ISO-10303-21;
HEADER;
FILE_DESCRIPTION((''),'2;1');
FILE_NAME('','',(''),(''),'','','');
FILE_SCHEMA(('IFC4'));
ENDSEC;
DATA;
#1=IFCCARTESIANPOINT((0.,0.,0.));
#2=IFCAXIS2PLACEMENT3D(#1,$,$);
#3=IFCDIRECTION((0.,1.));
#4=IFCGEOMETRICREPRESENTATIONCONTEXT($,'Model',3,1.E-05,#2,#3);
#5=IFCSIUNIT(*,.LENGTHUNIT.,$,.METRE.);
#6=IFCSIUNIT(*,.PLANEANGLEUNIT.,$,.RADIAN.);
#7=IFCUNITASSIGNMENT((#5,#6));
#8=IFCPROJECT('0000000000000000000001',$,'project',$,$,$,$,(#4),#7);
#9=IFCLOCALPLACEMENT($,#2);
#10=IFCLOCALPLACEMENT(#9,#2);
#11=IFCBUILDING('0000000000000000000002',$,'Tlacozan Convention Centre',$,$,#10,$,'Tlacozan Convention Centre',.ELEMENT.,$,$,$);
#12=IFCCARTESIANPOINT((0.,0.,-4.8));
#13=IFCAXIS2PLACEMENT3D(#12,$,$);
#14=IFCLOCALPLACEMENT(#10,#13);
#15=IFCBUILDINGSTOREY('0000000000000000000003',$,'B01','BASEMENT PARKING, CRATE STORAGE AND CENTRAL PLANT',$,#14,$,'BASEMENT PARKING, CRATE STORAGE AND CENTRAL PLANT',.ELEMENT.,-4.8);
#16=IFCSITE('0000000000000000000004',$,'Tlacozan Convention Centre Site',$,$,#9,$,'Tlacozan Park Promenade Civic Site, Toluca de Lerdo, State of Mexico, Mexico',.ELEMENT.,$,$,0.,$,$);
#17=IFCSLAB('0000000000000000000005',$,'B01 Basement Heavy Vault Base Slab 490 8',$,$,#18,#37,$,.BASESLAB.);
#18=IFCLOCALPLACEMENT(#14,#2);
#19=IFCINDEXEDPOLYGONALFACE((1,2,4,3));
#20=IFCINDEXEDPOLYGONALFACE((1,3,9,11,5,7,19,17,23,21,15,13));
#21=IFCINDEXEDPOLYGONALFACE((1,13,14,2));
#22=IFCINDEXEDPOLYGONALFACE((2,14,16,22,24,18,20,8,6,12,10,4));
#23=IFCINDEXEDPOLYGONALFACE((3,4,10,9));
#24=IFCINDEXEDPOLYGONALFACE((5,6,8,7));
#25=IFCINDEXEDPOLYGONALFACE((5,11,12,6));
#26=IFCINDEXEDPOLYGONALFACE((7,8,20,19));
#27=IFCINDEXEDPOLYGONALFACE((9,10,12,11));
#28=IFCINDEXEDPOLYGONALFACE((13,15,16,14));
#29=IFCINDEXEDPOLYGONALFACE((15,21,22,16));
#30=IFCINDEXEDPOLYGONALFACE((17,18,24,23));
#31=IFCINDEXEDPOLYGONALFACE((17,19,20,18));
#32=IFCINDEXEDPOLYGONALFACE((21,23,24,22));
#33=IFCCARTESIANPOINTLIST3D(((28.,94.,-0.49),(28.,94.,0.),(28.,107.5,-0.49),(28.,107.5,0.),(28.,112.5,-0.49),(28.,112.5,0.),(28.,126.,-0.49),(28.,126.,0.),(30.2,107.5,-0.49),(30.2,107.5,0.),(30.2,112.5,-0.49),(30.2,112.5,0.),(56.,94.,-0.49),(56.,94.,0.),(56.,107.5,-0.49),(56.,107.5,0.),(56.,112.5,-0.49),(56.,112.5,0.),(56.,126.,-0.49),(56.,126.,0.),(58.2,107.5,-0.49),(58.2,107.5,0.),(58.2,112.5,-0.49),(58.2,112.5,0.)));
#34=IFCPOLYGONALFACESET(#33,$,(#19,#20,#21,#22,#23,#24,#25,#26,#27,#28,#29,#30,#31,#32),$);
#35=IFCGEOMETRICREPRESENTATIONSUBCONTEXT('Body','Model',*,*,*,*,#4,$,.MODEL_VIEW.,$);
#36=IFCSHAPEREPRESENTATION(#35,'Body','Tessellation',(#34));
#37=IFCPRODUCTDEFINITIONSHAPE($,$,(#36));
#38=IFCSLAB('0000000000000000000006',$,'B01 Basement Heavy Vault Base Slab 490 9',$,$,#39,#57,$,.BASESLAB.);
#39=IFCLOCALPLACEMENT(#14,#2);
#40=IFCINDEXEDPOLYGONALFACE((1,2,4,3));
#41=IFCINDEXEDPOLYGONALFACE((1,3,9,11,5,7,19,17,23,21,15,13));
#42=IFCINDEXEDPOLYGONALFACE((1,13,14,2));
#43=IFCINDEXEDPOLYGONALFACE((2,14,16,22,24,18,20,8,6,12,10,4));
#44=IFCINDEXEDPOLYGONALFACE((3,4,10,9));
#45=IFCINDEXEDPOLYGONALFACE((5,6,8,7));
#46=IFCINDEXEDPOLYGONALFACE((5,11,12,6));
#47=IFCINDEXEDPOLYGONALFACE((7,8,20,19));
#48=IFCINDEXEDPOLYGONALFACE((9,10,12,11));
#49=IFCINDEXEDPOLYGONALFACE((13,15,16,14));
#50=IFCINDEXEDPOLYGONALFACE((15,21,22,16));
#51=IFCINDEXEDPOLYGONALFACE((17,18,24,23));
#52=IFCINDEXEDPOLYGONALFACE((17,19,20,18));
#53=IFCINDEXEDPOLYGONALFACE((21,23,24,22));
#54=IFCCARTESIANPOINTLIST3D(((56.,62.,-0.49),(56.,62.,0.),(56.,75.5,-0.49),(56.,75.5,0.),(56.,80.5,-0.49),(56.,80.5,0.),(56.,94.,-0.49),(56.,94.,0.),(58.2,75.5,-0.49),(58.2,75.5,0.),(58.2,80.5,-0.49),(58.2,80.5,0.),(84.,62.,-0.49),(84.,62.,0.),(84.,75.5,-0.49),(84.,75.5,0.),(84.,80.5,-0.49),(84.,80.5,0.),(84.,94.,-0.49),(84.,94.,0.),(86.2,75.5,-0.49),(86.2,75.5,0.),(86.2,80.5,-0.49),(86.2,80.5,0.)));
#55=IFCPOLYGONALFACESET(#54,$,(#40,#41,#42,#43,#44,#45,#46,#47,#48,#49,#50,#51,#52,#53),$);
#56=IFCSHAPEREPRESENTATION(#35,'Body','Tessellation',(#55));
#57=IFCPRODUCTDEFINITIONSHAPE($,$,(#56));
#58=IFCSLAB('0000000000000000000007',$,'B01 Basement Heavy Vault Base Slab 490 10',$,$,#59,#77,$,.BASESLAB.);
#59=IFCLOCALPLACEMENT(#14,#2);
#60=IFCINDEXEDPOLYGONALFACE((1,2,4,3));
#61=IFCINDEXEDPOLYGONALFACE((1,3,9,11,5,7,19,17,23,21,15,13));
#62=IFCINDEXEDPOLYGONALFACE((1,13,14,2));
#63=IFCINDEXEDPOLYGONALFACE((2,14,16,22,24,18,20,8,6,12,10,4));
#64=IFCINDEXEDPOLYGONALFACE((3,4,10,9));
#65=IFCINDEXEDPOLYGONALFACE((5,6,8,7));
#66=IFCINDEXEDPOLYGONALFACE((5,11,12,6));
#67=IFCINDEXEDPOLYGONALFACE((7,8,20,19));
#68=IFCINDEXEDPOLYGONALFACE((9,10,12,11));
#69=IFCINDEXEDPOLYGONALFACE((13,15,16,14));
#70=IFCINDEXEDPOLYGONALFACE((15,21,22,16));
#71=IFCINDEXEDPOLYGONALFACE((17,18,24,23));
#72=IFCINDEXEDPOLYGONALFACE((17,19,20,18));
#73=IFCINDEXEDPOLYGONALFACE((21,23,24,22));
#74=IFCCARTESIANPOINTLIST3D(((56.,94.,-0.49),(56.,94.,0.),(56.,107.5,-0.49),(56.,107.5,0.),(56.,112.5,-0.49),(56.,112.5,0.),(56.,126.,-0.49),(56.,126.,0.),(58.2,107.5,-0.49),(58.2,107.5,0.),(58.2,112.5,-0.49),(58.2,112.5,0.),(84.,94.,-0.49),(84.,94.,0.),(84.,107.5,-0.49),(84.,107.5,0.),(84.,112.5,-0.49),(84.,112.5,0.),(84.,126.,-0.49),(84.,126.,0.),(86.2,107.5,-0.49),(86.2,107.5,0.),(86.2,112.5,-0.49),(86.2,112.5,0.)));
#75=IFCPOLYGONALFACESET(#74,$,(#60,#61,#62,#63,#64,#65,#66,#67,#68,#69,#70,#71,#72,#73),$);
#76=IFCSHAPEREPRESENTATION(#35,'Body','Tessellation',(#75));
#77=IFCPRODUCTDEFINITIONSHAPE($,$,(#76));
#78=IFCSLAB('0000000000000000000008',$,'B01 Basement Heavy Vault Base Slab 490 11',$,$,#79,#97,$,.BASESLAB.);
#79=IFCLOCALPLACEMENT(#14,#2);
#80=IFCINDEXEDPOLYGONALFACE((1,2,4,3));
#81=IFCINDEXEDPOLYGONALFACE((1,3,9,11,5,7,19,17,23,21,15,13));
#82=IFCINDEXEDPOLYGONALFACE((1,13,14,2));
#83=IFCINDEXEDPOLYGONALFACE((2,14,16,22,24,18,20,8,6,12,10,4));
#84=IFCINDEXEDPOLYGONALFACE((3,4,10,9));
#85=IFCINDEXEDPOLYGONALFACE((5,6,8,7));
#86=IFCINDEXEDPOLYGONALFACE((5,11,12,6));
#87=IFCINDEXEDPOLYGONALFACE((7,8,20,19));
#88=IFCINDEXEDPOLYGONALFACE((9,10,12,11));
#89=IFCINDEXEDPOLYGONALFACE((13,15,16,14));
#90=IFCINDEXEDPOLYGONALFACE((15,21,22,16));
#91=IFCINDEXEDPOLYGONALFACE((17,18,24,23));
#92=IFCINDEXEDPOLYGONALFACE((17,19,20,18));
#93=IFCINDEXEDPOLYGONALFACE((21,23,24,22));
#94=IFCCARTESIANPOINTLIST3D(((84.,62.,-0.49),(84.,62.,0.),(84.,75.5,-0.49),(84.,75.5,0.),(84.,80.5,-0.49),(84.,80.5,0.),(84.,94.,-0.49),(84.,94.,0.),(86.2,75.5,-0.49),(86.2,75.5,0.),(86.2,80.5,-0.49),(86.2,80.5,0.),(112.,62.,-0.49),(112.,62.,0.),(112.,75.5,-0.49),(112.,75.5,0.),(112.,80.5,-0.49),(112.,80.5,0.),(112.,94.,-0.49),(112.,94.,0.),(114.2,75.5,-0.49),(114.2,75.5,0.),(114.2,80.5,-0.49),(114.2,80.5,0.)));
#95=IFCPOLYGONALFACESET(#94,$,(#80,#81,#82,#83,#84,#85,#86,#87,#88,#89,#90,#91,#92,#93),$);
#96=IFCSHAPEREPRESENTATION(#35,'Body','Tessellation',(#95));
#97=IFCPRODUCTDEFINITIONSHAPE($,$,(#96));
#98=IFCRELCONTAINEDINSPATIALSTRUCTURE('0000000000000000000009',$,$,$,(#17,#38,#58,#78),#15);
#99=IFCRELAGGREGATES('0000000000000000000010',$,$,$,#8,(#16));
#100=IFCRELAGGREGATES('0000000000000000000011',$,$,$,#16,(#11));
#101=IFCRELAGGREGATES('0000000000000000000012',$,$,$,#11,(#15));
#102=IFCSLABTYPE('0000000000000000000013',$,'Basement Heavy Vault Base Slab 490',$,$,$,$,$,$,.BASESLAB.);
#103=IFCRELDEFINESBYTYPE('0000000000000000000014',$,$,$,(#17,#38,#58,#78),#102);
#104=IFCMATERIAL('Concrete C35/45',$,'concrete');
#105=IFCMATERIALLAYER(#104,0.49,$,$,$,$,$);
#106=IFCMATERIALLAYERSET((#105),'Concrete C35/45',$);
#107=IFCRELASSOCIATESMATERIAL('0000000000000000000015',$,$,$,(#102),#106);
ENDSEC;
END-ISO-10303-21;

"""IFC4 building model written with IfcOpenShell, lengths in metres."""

from ifc_helpers import new_model, si_unit, direction, frame, origin, place, context, subcontext, project, spatial, polyline, outline, extrude, material, layer, layer_set, type_object, element, save


model = new_model("IFC4")

# Units and contexts
model_context = context("Model", 3, precision=1e-05, world=origin(), true_north=direction((0.0, 1.0)))
body_context = subcontext(model_context, "Body", "Model", "MODEL_VIEW")
ifc_project = project(units=[si_unit("LENGTHUNIT", "METRE"), si_unit("PLANEANGLEUNIT", "RADIAN")], contexts=[model_context])

# Site, building, storey
site_placement = place(None, origin())
site = spatial("IfcSite", under=ifc_project, at=site_placement, Name="Tlacozan Convention Centre Site", LongName="Tlacozan Park Promenade Civic Site, Toluca de Lerdo, State of Mexico, Mexico", CompositionType="ELEMENT", RefElevation=0.0)
building_placement = place(site_placement, origin())
building = spatial("IfcBuilding", under=site, at=building_placement, Name="Tlacozan Convention Centre", LongName="Tlacozan Convention Centre", CompositionType="ELEMENT")
storey_placement = place(building_placement, frame((0.0, 0.0, -4.8)))
storey = spatial("IfcBuildingStorey", under=building, at=storey_placement, Name="B01", Description="BASEMENT PARKING, CRATE STORAGE AND CENTRAL PLANT", LongName="BASEMENT PARKING, CRATE STORAGE AND CENTRAL PLANT", CompositionType="ELEMENT", Elevation=-4.8)

# Shared definitions
ifc_material_1 = material(Name="Concrete C35/45", Category="concrete")

# Slabs
ifc_layer_1 = layer(ifc_material_1, 0.49)
ifc_layer_set_1 = layer_set([ifc_layer_1], Name="Concrete C35/45")
slab_type_1 = type_object("IfcSlabType", Name="Basement Heavy Vault Base Slab 490", PredefinedType="BASESLAB", material=ifc_layer_set_1)
slab_1_placement = place(storey_placement, frame((0.0, 0.0, -0.49)))
element("IfcSlab", 1, at=slab_1_placement, inside=storey, type_object=slab_type_1, Name="B01 Basement Heavy Vault Base Slab 490 8", PredefinedType="BASESLAB", context=body_context, shape_type="SweptSolid", body=[
    extrude(outline(polyline([(28.0, 107.5), (30.2, 107.5), (30.2, 112.5), (28.0, 112.5), (28.0, 126.0), (56.0, 126.0), (56.0, 112.5), (58.2, 112.5), (58.2, 107.5), (56.0, 107.5), (56.0, 94.0), (28.0, 94.0), (28.0, 107.5)])), origin(), (0.0, 0.0, 1.0), 0.49),
])
slab_2_placement = place(storey_placement, frame((0.0, 0.0, -0.49)))
element("IfcSlab", 2, at=slab_2_placement, inside=storey, type_object=slab_type_1, Name="B01 Basement Heavy Vault Base Slab 490 9", PredefinedType="BASESLAB", context=body_context, shape_type="SweptSolid", body=[
    extrude(outline(polyline([(56.0, 75.5), (58.2, 75.5), (58.2, 80.5), (56.0, 80.5), (56.0, 94.0), (84.0, 94.0), (84.0, 80.5), (86.2, 80.5), (86.2, 75.5), (84.0, 75.5), (84.0, 62.0), (56.0, 62.0), (56.0, 75.5)])), origin(), (0.0, 0.0, 1.0), 0.49),
])
slab_3_placement = place(storey_placement, frame((0.0, 0.0, -0.49)))
element("IfcSlab", 3, at=slab_3_placement, inside=storey, type_object=slab_type_1, Name="B01 Basement Heavy Vault Base Slab 490 10", PredefinedType="BASESLAB", context=body_context, shape_type="SweptSolid", body=[
    extrude(outline(polyline([(56.0, 107.5), (58.2, 107.5), (58.2, 112.5), (56.0, 112.5), (56.0, 126.0), (84.0, 126.0), (84.0, 112.5), (86.2, 112.5), (86.2, 107.5), (84.0, 107.5), (84.0, 94.0), (56.0, 94.0), (56.0, 107.5)])), origin(), (0.0, 0.0, 1.0), 0.49),
])
slab_4_placement = place(storey_placement, frame((0.0, 0.0, -0.49)))
element("IfcSlab", 4, at=slab_4_placement, inside=storey, type_object=slab_type_1, Name="B01 Basement Heavy Vault Base Slab 490 11", PredefinedType="BASESLAB", context=body_context, shape_type="SweptSolid", body=[
    extrude(outline(polyline([(84.0, 75.5), (86.2, 75.5), (86.2, 80.5), (84.0, 80.5), (84.0, 94.0), (112.0, 94.0), (112.0, 80.5), (114.2, 80.5), (114.2, 75.5), (112.0, 75.5), (112.0, 62.0), (84.0, 62.0), (84.0, 75.5)])), origin(), (0.0, 0.0, 1.0), 0.49),
])

save(model, "model.ifc")
